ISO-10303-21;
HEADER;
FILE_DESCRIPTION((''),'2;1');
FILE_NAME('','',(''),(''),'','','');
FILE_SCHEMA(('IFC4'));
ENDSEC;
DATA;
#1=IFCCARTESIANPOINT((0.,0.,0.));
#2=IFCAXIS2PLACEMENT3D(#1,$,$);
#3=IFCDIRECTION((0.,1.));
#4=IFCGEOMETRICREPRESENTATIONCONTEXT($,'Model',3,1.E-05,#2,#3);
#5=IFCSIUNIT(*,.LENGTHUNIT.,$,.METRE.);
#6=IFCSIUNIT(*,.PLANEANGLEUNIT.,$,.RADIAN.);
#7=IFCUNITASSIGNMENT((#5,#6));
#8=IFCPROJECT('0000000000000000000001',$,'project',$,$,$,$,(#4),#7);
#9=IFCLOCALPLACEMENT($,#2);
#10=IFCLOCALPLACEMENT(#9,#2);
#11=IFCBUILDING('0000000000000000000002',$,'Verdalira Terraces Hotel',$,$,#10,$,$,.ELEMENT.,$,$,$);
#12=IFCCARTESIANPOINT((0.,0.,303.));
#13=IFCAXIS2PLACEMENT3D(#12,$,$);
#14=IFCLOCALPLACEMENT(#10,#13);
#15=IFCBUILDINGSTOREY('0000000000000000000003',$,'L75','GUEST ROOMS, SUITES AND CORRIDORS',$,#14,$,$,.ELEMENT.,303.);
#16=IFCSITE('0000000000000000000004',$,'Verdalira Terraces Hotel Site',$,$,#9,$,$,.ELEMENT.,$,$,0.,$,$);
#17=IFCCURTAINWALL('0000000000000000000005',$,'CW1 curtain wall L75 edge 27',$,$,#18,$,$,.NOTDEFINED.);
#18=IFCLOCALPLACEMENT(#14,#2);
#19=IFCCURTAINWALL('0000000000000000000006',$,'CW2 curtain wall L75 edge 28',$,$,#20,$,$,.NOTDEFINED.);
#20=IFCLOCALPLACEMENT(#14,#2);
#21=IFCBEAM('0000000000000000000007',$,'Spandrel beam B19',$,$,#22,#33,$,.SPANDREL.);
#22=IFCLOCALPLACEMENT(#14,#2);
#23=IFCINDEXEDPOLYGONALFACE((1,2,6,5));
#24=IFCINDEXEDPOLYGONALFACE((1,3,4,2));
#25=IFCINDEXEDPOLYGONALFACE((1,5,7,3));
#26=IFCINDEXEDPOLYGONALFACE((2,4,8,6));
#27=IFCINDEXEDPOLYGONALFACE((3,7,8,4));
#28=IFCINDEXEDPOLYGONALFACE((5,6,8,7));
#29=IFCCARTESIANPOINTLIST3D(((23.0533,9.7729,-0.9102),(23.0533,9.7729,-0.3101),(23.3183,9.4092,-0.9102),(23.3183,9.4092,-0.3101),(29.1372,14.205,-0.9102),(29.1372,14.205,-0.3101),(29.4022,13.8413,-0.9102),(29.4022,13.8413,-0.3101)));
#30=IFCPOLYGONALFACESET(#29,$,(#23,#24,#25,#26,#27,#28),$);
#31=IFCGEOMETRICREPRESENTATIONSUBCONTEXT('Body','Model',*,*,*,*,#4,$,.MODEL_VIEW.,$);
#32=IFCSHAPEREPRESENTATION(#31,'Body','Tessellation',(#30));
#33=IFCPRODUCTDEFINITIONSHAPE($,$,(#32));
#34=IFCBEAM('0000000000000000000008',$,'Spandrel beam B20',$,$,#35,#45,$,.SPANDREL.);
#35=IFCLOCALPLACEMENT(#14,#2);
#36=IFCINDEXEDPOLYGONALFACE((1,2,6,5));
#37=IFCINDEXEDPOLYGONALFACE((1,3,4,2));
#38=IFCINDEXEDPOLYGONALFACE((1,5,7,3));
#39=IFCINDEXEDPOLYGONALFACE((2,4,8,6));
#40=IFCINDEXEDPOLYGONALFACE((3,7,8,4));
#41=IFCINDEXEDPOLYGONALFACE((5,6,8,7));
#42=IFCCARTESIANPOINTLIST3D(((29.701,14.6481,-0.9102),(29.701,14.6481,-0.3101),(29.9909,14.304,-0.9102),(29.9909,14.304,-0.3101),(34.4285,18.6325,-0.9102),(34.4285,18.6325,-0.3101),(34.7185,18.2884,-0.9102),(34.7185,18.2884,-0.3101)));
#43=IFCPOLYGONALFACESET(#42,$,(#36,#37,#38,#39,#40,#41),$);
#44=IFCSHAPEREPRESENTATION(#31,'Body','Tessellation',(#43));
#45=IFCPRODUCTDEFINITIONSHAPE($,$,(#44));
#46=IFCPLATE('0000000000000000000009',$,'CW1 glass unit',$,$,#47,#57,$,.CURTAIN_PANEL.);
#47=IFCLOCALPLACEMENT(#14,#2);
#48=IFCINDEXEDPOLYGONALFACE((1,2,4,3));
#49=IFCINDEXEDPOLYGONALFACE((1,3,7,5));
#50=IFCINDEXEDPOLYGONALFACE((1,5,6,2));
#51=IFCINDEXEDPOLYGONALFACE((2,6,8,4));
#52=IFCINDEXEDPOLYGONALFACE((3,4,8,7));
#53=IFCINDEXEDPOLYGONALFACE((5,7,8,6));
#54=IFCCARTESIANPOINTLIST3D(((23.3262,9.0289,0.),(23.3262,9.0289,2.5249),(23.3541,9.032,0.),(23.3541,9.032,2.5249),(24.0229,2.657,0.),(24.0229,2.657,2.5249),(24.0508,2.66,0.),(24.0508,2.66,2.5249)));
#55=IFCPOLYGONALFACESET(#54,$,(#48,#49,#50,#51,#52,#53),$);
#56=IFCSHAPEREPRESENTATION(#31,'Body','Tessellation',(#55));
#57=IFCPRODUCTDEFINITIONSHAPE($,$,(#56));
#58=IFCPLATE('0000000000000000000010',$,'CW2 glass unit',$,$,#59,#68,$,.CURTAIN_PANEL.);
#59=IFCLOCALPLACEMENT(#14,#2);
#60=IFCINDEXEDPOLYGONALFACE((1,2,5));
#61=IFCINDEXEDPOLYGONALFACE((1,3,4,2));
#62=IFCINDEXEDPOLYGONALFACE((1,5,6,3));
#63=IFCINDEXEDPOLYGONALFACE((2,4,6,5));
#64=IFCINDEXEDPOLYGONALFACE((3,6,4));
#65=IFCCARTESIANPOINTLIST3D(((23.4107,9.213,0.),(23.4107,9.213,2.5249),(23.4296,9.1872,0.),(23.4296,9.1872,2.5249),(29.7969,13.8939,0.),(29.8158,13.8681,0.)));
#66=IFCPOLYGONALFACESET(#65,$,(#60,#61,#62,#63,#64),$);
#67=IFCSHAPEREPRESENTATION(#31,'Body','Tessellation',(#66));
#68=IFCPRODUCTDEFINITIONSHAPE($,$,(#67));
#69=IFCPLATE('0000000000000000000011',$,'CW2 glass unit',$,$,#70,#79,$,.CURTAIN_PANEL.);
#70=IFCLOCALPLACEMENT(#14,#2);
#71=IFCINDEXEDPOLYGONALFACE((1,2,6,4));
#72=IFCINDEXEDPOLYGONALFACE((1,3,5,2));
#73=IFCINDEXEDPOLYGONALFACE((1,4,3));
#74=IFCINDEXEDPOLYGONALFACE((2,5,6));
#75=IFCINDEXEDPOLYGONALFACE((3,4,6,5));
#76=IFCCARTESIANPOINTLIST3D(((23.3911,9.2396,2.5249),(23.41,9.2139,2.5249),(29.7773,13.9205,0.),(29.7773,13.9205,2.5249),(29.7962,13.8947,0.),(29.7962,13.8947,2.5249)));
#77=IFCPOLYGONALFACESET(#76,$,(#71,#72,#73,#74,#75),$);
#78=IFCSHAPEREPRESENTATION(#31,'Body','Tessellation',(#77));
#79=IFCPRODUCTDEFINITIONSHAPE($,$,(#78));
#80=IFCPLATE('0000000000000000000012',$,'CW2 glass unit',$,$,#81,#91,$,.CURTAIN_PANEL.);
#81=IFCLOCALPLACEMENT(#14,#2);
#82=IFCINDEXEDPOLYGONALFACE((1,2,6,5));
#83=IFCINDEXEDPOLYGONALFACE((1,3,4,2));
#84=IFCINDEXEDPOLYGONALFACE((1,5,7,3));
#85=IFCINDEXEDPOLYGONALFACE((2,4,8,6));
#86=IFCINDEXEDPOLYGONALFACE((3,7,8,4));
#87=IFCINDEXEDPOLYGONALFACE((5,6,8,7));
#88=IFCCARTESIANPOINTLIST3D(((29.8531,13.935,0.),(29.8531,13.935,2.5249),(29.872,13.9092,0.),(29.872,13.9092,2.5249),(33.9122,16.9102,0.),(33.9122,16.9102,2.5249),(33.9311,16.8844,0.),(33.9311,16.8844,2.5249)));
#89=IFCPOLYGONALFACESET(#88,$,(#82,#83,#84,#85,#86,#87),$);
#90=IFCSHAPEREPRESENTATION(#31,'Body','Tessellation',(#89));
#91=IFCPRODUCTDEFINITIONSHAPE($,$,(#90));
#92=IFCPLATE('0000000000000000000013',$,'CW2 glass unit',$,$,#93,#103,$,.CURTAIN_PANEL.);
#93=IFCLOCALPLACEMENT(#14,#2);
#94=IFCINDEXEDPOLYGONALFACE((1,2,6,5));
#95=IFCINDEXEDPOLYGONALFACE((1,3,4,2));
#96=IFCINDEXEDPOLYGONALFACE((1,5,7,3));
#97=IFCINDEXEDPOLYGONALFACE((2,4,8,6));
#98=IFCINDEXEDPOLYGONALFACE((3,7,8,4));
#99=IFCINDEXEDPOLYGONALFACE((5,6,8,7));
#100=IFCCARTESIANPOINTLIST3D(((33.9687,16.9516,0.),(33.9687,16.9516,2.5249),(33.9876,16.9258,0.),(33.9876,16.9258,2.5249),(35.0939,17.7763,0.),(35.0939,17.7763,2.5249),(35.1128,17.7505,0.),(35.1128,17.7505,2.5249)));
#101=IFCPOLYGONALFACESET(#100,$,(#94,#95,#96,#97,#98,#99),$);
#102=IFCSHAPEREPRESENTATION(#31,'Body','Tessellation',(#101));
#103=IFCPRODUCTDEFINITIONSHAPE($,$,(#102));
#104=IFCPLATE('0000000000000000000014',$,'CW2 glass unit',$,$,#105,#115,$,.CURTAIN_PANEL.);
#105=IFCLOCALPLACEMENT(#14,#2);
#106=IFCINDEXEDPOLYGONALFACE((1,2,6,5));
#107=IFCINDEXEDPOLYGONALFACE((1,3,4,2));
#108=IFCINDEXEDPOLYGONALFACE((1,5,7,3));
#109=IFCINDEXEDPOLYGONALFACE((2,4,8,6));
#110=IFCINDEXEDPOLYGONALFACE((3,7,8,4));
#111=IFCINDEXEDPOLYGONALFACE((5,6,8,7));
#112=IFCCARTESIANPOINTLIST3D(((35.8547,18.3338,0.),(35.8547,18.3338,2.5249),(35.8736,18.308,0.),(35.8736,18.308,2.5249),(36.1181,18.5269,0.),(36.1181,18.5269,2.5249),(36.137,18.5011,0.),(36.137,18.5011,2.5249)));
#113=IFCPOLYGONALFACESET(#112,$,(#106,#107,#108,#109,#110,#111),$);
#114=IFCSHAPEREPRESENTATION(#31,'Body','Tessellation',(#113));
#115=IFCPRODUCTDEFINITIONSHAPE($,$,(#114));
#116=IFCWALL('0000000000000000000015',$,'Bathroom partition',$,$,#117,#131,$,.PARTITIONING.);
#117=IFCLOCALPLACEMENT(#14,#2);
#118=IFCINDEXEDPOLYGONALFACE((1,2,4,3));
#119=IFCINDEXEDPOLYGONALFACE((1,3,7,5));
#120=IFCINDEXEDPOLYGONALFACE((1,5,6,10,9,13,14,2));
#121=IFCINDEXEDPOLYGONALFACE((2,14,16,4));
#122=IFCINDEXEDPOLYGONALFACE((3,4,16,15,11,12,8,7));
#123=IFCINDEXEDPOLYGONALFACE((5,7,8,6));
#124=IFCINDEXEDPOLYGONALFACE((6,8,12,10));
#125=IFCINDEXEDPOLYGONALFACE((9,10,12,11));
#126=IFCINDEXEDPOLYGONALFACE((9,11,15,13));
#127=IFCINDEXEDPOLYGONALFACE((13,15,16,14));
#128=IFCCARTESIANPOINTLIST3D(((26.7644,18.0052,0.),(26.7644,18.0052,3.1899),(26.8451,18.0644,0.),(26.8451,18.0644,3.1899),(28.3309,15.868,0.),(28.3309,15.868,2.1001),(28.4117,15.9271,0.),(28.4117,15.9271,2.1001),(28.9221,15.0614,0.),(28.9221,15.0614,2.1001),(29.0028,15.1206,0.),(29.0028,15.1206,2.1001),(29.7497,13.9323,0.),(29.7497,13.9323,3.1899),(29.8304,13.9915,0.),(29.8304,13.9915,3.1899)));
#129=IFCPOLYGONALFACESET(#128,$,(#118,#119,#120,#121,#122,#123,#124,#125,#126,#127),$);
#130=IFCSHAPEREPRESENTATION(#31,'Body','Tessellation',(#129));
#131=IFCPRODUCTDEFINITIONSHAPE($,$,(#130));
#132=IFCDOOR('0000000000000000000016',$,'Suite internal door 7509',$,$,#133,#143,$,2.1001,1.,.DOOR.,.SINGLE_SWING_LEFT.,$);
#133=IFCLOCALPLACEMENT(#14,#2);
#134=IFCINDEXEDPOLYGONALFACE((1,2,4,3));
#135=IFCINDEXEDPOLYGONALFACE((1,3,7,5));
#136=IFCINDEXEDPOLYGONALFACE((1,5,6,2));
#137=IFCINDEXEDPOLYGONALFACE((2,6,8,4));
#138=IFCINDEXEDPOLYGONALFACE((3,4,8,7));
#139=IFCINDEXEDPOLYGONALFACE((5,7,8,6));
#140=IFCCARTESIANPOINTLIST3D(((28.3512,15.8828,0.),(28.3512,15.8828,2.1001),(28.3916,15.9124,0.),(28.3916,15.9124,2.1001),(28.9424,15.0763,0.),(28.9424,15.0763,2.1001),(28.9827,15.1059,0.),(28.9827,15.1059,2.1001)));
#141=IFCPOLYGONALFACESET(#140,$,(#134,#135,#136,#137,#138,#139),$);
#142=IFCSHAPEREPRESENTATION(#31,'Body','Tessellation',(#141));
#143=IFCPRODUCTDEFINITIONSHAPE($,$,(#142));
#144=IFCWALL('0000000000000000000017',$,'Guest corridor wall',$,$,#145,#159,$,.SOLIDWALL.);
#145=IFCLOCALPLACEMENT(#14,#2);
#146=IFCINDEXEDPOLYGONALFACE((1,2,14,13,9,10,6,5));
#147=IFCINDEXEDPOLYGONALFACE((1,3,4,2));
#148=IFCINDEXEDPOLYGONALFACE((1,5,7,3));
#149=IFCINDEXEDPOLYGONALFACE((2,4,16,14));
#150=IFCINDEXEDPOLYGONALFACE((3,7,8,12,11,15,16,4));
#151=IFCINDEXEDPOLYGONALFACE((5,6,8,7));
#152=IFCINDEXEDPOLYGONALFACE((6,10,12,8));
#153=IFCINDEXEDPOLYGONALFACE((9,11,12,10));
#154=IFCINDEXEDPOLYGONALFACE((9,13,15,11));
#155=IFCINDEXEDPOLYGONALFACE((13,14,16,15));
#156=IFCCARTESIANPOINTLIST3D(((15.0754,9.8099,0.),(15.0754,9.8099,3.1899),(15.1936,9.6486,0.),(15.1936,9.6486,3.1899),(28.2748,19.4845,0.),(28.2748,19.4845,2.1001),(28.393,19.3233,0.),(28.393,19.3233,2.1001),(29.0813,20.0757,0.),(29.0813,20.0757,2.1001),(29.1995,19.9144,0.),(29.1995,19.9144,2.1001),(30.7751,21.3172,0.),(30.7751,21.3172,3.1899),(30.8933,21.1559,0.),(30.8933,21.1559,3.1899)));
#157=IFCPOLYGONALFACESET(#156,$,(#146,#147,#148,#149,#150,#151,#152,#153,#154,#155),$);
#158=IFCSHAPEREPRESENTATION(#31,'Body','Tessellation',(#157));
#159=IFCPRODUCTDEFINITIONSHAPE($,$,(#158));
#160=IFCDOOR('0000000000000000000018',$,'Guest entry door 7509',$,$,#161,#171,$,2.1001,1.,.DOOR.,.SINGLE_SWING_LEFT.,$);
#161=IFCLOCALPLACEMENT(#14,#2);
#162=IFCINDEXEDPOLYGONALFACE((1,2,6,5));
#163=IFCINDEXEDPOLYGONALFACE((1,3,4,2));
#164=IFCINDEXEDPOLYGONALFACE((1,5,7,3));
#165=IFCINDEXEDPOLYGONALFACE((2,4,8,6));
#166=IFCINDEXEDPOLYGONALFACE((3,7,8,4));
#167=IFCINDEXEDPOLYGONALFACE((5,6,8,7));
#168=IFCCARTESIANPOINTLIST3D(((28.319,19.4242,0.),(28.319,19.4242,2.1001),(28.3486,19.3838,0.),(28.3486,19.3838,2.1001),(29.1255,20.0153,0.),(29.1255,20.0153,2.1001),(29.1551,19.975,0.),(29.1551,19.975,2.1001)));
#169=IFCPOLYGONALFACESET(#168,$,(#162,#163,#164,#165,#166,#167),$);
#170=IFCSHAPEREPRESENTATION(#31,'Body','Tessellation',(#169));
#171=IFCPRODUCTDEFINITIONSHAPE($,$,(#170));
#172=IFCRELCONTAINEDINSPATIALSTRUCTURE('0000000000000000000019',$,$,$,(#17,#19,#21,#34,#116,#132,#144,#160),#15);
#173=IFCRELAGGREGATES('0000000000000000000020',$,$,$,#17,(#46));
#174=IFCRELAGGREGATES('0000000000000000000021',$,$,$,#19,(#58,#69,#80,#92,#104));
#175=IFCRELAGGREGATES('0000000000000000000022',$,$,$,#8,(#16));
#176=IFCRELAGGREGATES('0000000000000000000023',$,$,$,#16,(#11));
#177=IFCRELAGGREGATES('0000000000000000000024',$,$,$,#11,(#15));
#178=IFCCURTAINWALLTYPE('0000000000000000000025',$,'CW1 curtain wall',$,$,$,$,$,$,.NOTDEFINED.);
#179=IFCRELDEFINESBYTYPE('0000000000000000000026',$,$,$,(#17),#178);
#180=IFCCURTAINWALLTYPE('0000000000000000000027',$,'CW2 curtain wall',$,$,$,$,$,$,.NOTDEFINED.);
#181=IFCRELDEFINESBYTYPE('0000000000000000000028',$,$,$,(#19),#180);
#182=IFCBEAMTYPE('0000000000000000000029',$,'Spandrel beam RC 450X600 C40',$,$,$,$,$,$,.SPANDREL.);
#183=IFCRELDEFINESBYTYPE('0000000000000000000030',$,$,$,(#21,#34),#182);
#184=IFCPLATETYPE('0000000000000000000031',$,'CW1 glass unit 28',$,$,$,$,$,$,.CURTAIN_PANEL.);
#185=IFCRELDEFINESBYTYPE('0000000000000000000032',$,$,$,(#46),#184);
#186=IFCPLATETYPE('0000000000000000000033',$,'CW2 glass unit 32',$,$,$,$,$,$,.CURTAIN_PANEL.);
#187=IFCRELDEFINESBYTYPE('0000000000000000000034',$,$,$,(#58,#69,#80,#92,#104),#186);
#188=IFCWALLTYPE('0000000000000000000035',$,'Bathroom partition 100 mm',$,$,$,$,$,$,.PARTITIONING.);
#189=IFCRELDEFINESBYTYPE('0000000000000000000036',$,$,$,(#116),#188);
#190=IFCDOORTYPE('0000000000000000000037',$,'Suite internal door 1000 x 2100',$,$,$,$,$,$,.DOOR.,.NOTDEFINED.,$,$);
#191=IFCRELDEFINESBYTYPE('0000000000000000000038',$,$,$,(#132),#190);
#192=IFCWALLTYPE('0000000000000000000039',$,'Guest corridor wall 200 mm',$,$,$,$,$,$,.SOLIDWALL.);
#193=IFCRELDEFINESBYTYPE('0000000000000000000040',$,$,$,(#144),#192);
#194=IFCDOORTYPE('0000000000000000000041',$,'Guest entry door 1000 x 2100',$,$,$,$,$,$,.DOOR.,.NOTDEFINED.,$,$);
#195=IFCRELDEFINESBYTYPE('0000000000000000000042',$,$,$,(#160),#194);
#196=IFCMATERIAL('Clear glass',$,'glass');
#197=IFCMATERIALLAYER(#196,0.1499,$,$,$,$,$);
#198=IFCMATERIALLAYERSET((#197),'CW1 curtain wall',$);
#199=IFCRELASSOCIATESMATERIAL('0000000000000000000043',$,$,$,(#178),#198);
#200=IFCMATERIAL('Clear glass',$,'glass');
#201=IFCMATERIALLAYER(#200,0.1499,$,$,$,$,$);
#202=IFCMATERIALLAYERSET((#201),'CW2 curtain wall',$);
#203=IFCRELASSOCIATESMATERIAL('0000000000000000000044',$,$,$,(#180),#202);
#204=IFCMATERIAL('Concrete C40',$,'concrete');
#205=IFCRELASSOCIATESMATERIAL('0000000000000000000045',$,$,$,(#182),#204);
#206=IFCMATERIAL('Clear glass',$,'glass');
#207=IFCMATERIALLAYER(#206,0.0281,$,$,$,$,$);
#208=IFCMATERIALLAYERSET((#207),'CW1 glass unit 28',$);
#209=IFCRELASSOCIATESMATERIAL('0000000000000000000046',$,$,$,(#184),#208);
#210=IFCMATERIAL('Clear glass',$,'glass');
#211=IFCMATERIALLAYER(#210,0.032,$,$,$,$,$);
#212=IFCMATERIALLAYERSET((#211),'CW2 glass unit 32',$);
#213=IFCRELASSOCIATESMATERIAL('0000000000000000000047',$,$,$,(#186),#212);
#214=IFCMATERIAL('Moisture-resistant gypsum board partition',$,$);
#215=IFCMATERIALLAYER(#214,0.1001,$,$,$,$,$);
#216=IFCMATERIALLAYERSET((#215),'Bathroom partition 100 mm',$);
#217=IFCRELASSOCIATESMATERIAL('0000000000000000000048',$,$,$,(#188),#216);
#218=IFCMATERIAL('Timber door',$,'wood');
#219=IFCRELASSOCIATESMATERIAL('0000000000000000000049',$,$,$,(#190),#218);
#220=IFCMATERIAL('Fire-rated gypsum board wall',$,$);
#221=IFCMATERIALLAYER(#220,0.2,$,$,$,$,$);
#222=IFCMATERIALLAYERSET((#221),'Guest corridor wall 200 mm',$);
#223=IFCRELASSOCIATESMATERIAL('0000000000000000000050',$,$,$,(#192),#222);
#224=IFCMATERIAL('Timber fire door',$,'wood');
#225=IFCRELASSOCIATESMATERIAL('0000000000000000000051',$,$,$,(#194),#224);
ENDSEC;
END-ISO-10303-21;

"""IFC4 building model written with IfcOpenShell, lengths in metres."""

from ifc_helpers import new_model, si_unit, direction, frame, frame_2d, origin, origin_2d, place, context, subcontext, project, spatial, polyline, rectangle, outline, extrude, material, layer, layer_set, material_profile, profile_set, type_object, element, fill, aggregate, save


model = new_model("IFC4")

# Units and contexts
model_context = context("Model", 3, precision=1e-05, world=origin(), true_north=direction((0.0, 1.0)))
body_context = subcontext(model_context, "Body", "Model", "MODEL_VIEW")
ifc_project = project(units=[si_unit("LENGTHUNIT", "METRE"), si_unit("PLANEANGLEUNIT", "RADIAN")], contexts=[model_context])

# Site, building, storey
site_placement = place(None, origin())
site = spatial("IfcSite", under=ifc_project, at=site_placement, Name="Verdalira Terraces Hotel Site", CompositionType="ELEMENT", RefElevation=0.0)
building_placement = place(site_placement, origin())
building = spatial("IfcBuilding", under=site, at=building_placement, Name="Verdalira Terraces Hotel", CompositionType="ELEMENT")
storey_placement = place(building_placement, frame((0.0, 0.0, 303.0)))
storey = spatial("IfcBuildingStorey", under=building, at=storey_placement, Name="L75", Description="GUEST ROOMS, SUITES AND CORRIDORS", CompositionType="ELEMENT", Elevation=303.0)

# Curtain wall
ifc_material_1 = material(Name="Clear glass", Category="glass")
ifc_layer_1 = layer(ifc_material_1, 0.1499)
ifc_layer_set_1 = layer_set([ifc_layer_1], Name="CW1 curtain wall")
curtain_wall_type_1 = type_object("IfcCurtainWallType", Name="CW1 curtain wall", PredefinedType="NOTDEFINED", material=ifc_layer_set_1)
curtain_wall_1_placement = place(storey_placement, origin())
curtain_wall_1 = element("IfcCurtainWall", 1, at=curtain_wall_1_placement, inside=storey, type_object=curtain_wall_type_1, Name="CW1 curtain wall L75 edge 27", PredefinedType="NOTDEFINED")

# Curtain wall
ifc_material_2 = material(Name="Clear glass", Category="glass")
ifc_layer_2 = layer(ifc_material_2, 0.1499)
ifc_layer_set_2 = layer_set([ifc_layer_2], Name="CW2 curtain wall")
curtain_wall_type_2 = type_object("IfcCurtainWallType", Name="CW2 curtain wall", PredefinedType="NOTDEFINED", material=ifc_layer_set_2)
curtain_wall_2_placement = place(storey_placement, origin())
curtain_wall_2 = element("IfcCurtainWall", 2, at=curtain_wall_2_placement, inside=storey, type_object=curtain_wall_type_2, Name="CW2 curtain wall L75 edge 28", PredefinedType="NOTDEFINED")

# Beams
ifc_material_3 = material(Name="Concrete C40", Category="concrete")
ifc_material_profile_1 = material_profile(ifc_material_3, rectangle(XDim=0.45, YDim=0.6001, at=origin_2d()), Name="RC 450X600")
ifc_profile_set_1 = profile_set([ifc_material_profile_1], Name="Concrete C40")
beam_type = type_object("IfcBeamType", Name="Spandrel beam RC 450X600 C40", PredefinedType="SPANDREL", material=ifc_profile_set_1)
beam_1_placement = place(storey_placement, frame((23.1858, 9.5911, -0.6101), z_axis=(0.808267, 0.588816, 0.0), x_axis=(-0.588816, 0.808267, 0.0)))
element("IfcBeam", 3, at=beam_1_placement, inside=storey, type_object=beam_type, Name="Spandrel beam B19", PredefinedType="SPANDREL", context=body_context, shape_type="SweptSolid", body=[
    extrude(rectangle(XDim=0.45, YDim=0.6001, at=origin_2d()), origin(), (0.0, 0.0, 1.0), 7.5271),
])
beam_2_placement = place(storey_placement, frame((29.8459, 14.4761, -0.6101), z_axis=(0.764649, 0.644447, 0.0), x_axis=(-0.644447, 0.764649, 0.0)))
element("IfcBeam", 4, at=beam_2_placement, inside=storey, type_object=beam_type, Name="Spandrel beam B20", PredefinedType="SPANDREL", context=body_context, shape_type="SweptSolid", body=[
    extrude(rectangle(XDim=0.45, YDim=0.6001, at=origin_2d()), origin(), (0.0, 0.0, 1.0), 6.1826),
])

# Plates
ifc_material_4 = material(Name="Clear glass", Category="glass")
ifc_layer_3 = layer(ifc_material_4, 0.0281)
ifc_layer_set_3 = layer_set([ifc_layer_3], Name="CW1 glass unit 28")
plate_type_1 = type_object("IfcPlateType", Name="CW1 glass unit 28", PredefinedType="CURTAIN_PANEL", material=ifc_layer_set_3)
plate_1_placement = place(storey_placement, frame((23.6885, 5.8445, 0.0), z_axis=(0.0, 0.0, 1.0), x_axis=(-0.108693, 0.994075, 0.0)))
plate_1 = element("IfcPlate", 5, at=plate_1_placement, type_object=plate_type_1, Name="CW1 glass unit", PredefinedType="CURTAIN_PANEL", context=body_context, shape_type="SweptSolid", body=[
    extrude(rectangle(XDim=6.4099, YDim=0.0281, at=origin_2d()), origin(), (0.0, 0.0, 1.0), 2.5249),
])
aggregate(curtain_wall_1, [plate_1])
ifc_material_5 = material(Name="Clear glass", Category="glass")
ifc_layer_4 = layer(ifc_material_5, 0.032)
ifc_layer_set_4 = layer_set([ifc_layer_4], Name="CW2 glass unit 32")
plate_type_2 = type_object("IfcPlateType", Name="CW2 glass unit 32", PredefinedType="CURTAIN_PANEL", material=ifc_layer_set_4)
plate_2_placement = place(storey_placement, frame((26.6038, 11.5535, 1.2625), z_axis=(0.591169, -0.806548, 0.0), x_axis=(0.806548, 0.591169, 0.0)))
plate_2 = element("IfcPlate", 6, at=plate_2_placement, type_object=plate_type_2, Name="CW2 glass unit", PredefinedType="CURTAIN_PANEL", context=body_context, shape_type="SweptSolid", body=[
    extrude(outline(polyline([(-3.959, -1.2625), (3.959, -1.2625), (-3.959, 1.2625), (-3.959, -1.2625)])), origin(), (0.0, 0.0, 1.0), 0.032),
])
plate_3_placement = place(storey_placement, frame((26.5842, 11.5801, 1.2625), z_axis=(0.591169, -0.806548, 0.0), x_axis=(0.806548, 0.591169, 0.0)))
plate_3 = element("IfcPlate", 7, at=plate_3_placement, type_object=plate_type_2, Name="CW2 glass unit", PredefinedType="CURTAIN_PANEL", context=body_context, shape_type="SweptSolid", body=[
    extrude(outline(polyline([(3.959, -1.2625), (3.959, 1.2625), (-3.959, 1.2625), (3.959, -1.2625)])), origin(), (0.0, 0.0, 1.0), 0.032),
])
plate_4_placement = place(storey_placement, frame((31.8921, 15.4097, 0.0), z_axis=(0.0, 0.0, 1.0), x_axis=(0.806548, 0.591169, 0.0)))
plate_4 = element("IfcPlate", 8, at=plate_4_placement, type_object=plate_type_2, Name="CW2 glass unit", PredefinedType="CURTAIN_PANEL", context=body_context, shape_type="SweptSolid", body=[
    extrude(rectangle(XDim=5.0327, YDim=0.032, at=origin_2d()), origin(), (0.0, 0.0, 1.0), 2.5249),
])
plate_5_placement = place(storey_placement, frame((34.5408, 17.3511, 0.0), z_axis=(0.0, 0.0, 1.0), x_axis=(0.806548, 0.591169, 0.0)))
plate_5 = element("IfcPlate", 9, at=plate_5_placement, type_object=plate_type_2, Name="CW2 glass unit", PredefinedType="CURTAIN_PANEL", context=body_context, shape_type="SweptSolid", body=[
    extrude(rectangle(XDim=1.395, YDim=0.032, at=origin_2d()), origin(), (0.0, 0.0, 1.0), 2.5249),
])
plate_6_placement = place(storey_placement, frame((35.9958, 18.4175, 0.0), z_axis=(0.0, 0.0, 1.0), x_axis=(0.806548, 0.591169, 0.0)))
plate_6 = element("IfcPlate", 10, at=plate_6_placement, type_object=plate_type_2, Name="CW2 glass unit", PredefinedType="CURTAIN_PANEL", context=body_context, shape_type="SweptSolid", body=[
    extrude(rectangle(XDim=0.3267, YDim=0.032, at=origin_2d()), origin(), (0.0, 0.0, 1.0), 2.5249),
])
aggregate(curtain_wall_2, [plate_2, plate_3, plate_4, plate_5, plate_6])

# Walls, openings, doors
ifc_material_6 = material(Name="Moisture-resistant gypsum board partition")
ifc_layer_5 = layer(ifc_material_6, 0.1001)
ifc_layer_set_5 = layer_set([ifc_layer_5], Name="Bathroom partition 100 mm")
wall_type_1 = type_object("IfcWallType", Name="Bathroom partition 100 mm", PredefinedType="PARTITIONING", material=ifc_layer_set_5)
wall_1_placement = place(storey_placement, frame((29.79, 13.9619, 0.0), z_axis=(0.0, 0.0, 1.0), x_axis=(-0.591169, 0.806548, 0.0)))
wall_1 = element("IfcWall", 11, at=wall_1_placement, inside=storey, type_object=wall_type_1, Name="Bathroom partition", PredefinedType="PARTITIONING", context=body_context, shape_type="SweptSolid", body=[
    extrude(rectangle(XDim=5.0498, YDim=0.1001, at=frame_2d((2.5249, 0.0))), origin(), (0.0, 0.0, 1.0), 3.1899),
])
opening_1_placement = place(wall_1_placement, frame((1.3999, 0.0, 0.0)))
opening_1 = element("IfcOpeningElement", 12, at=opening_1_placement, cuts=wall_1, PredefinedType="OPENING", context=body_context, shape_type="SweptSolid", body=[
    extrude(rectangle(XDim=1.0, YDim=2.1001, at=frame_2d((0.5, 1.05))), frame((0.0, 0.0601, 0.0), z_axis=(0.0, -1.0, 0.0), x_axis=(1.0, 0.0, 0.0)), (0.0, 0.0, 1.0), 0.1201),
])
ifc_material_7 = material(Name="Timber door", Category="wood")
door_type_1 = type_object("IfcDoorType", Name="Suite internal door 1000 x 2100", OperationType="NOTDEFINED", PredefinedType="DOOR", material=ifc_material_7)
door_1_placement = place(opening_1_placement, origin())
door_1 = element("IfcDoor", 13, at=door_1_placement, inside=storey, type_object=door_type_1, Name="Suite internal door 7509", OperationType="SINGLE_SWING_LEFT", OverallHeight=2.1001, OverallWidth=1.0, PredefinedType="DOOR", context=body_context, shape_type="SweptSolid", body=[
    extrude(rectangle(XDim=1.0, YDim=2.1001, at=frame_2d((0.5, 1.05))), frame((0.0, 0.0249, 0.0), z_axis=(0.0, -1.0, 0.0), x_axis=(1.0, 0.0, 0.0)), (0.0, 0.0, 1.0), 0.05),
])
fill(opening_1, door_1)
ifc_material_8 = material(Name="Fire-rated gypsum board wall")
ifc_layer_6 = layer(ifc_material_8, 0.2)
ifc_layer_set_6 = layer_set([ifc_layer_6], Name="Guest corridor wall 200 mm")
wall_type_2 = type_object("IfcWallType", Name="Guest corridor wall 200 mm", PredefinedType="SOLIDWALL", material=ifc_layer_set_6)
wall_2_placement = place(storey_placement, frame((30.8342, 21.2366, 0.0), z_axis=(0.0, 0.0, 1.0), x_axis=(-0.806547, -0.59117, 0.0)))
wall_2 = element("IfcWall", 14, at=wall_2_placement, inside=storey, type_object=wall_type_2, Name="Guest corridor wall", PredefinedType="SOLIDWALL", context=body_context, shape_type="SweptSolid", body=[
    extrude(rectangle(XDim=19.4653, YDim=0.2, at=frame_2d((9.7327, 0.0))), origin(), (0.0, 0.0, 1.0), 3.1899),
])
opening_2_placement = place(wall_2_placement, frame((2.1001, 0.0, 0.0)))
opening_2 = element("IfcOpeningElement", 15, at=opening_2_placement, cuts=wall_2, PredefinedType="OPENING", context=body_context, shape_type="SweptSolid", body=[
    extrude(rectangle(XDim=1.0, YDim=2.1001, at=frame_2d((0.5, 1.05))), frame((0.0, 0.1099, 0.0), z_axis=(0.0, -1.0, 0.0), x_axis=(1.0, 0.0, 0.0)), (0.0, 0.0, 1.0), 0.22),
])
ifc_material_9 = material(Name="Timber fire door", Category="wood")
door_type_2 = type_object("IfcDoorType", Name="Guest entry door 1000 x 2100", OperationType="NOTDEFINED", PredefinedType="DOOR", material=ifc_material_9)
door_2_placement = place(opening_2_placement, origin())
door_2 = element("IfcDoor", 16, at=door_2_placement, inside=storey, type_object=door_type_2, Name="Guest entry door 7509", OperationType="SINGLE_SWING_LEFT", OverallHeight=2.1001, OverallWidth=1.0, PredefinedType="DOOR", context=body_context, shape_type="SweptSolid", body=[
    extrude(rectangle(XDim=1.0, YDim=2.1001, at=frame_2d((0.5, 1.05))), frame((0.0, 0.0249, 0.0), z_axis=(0.0, -1.0, 0.0), x_axis=(1.0, 0.0, 0.0)), (0.0, 0.0, 1.0), 0.05),
])
fill(opening_2, door_2)

save(model, "model.ifc")
